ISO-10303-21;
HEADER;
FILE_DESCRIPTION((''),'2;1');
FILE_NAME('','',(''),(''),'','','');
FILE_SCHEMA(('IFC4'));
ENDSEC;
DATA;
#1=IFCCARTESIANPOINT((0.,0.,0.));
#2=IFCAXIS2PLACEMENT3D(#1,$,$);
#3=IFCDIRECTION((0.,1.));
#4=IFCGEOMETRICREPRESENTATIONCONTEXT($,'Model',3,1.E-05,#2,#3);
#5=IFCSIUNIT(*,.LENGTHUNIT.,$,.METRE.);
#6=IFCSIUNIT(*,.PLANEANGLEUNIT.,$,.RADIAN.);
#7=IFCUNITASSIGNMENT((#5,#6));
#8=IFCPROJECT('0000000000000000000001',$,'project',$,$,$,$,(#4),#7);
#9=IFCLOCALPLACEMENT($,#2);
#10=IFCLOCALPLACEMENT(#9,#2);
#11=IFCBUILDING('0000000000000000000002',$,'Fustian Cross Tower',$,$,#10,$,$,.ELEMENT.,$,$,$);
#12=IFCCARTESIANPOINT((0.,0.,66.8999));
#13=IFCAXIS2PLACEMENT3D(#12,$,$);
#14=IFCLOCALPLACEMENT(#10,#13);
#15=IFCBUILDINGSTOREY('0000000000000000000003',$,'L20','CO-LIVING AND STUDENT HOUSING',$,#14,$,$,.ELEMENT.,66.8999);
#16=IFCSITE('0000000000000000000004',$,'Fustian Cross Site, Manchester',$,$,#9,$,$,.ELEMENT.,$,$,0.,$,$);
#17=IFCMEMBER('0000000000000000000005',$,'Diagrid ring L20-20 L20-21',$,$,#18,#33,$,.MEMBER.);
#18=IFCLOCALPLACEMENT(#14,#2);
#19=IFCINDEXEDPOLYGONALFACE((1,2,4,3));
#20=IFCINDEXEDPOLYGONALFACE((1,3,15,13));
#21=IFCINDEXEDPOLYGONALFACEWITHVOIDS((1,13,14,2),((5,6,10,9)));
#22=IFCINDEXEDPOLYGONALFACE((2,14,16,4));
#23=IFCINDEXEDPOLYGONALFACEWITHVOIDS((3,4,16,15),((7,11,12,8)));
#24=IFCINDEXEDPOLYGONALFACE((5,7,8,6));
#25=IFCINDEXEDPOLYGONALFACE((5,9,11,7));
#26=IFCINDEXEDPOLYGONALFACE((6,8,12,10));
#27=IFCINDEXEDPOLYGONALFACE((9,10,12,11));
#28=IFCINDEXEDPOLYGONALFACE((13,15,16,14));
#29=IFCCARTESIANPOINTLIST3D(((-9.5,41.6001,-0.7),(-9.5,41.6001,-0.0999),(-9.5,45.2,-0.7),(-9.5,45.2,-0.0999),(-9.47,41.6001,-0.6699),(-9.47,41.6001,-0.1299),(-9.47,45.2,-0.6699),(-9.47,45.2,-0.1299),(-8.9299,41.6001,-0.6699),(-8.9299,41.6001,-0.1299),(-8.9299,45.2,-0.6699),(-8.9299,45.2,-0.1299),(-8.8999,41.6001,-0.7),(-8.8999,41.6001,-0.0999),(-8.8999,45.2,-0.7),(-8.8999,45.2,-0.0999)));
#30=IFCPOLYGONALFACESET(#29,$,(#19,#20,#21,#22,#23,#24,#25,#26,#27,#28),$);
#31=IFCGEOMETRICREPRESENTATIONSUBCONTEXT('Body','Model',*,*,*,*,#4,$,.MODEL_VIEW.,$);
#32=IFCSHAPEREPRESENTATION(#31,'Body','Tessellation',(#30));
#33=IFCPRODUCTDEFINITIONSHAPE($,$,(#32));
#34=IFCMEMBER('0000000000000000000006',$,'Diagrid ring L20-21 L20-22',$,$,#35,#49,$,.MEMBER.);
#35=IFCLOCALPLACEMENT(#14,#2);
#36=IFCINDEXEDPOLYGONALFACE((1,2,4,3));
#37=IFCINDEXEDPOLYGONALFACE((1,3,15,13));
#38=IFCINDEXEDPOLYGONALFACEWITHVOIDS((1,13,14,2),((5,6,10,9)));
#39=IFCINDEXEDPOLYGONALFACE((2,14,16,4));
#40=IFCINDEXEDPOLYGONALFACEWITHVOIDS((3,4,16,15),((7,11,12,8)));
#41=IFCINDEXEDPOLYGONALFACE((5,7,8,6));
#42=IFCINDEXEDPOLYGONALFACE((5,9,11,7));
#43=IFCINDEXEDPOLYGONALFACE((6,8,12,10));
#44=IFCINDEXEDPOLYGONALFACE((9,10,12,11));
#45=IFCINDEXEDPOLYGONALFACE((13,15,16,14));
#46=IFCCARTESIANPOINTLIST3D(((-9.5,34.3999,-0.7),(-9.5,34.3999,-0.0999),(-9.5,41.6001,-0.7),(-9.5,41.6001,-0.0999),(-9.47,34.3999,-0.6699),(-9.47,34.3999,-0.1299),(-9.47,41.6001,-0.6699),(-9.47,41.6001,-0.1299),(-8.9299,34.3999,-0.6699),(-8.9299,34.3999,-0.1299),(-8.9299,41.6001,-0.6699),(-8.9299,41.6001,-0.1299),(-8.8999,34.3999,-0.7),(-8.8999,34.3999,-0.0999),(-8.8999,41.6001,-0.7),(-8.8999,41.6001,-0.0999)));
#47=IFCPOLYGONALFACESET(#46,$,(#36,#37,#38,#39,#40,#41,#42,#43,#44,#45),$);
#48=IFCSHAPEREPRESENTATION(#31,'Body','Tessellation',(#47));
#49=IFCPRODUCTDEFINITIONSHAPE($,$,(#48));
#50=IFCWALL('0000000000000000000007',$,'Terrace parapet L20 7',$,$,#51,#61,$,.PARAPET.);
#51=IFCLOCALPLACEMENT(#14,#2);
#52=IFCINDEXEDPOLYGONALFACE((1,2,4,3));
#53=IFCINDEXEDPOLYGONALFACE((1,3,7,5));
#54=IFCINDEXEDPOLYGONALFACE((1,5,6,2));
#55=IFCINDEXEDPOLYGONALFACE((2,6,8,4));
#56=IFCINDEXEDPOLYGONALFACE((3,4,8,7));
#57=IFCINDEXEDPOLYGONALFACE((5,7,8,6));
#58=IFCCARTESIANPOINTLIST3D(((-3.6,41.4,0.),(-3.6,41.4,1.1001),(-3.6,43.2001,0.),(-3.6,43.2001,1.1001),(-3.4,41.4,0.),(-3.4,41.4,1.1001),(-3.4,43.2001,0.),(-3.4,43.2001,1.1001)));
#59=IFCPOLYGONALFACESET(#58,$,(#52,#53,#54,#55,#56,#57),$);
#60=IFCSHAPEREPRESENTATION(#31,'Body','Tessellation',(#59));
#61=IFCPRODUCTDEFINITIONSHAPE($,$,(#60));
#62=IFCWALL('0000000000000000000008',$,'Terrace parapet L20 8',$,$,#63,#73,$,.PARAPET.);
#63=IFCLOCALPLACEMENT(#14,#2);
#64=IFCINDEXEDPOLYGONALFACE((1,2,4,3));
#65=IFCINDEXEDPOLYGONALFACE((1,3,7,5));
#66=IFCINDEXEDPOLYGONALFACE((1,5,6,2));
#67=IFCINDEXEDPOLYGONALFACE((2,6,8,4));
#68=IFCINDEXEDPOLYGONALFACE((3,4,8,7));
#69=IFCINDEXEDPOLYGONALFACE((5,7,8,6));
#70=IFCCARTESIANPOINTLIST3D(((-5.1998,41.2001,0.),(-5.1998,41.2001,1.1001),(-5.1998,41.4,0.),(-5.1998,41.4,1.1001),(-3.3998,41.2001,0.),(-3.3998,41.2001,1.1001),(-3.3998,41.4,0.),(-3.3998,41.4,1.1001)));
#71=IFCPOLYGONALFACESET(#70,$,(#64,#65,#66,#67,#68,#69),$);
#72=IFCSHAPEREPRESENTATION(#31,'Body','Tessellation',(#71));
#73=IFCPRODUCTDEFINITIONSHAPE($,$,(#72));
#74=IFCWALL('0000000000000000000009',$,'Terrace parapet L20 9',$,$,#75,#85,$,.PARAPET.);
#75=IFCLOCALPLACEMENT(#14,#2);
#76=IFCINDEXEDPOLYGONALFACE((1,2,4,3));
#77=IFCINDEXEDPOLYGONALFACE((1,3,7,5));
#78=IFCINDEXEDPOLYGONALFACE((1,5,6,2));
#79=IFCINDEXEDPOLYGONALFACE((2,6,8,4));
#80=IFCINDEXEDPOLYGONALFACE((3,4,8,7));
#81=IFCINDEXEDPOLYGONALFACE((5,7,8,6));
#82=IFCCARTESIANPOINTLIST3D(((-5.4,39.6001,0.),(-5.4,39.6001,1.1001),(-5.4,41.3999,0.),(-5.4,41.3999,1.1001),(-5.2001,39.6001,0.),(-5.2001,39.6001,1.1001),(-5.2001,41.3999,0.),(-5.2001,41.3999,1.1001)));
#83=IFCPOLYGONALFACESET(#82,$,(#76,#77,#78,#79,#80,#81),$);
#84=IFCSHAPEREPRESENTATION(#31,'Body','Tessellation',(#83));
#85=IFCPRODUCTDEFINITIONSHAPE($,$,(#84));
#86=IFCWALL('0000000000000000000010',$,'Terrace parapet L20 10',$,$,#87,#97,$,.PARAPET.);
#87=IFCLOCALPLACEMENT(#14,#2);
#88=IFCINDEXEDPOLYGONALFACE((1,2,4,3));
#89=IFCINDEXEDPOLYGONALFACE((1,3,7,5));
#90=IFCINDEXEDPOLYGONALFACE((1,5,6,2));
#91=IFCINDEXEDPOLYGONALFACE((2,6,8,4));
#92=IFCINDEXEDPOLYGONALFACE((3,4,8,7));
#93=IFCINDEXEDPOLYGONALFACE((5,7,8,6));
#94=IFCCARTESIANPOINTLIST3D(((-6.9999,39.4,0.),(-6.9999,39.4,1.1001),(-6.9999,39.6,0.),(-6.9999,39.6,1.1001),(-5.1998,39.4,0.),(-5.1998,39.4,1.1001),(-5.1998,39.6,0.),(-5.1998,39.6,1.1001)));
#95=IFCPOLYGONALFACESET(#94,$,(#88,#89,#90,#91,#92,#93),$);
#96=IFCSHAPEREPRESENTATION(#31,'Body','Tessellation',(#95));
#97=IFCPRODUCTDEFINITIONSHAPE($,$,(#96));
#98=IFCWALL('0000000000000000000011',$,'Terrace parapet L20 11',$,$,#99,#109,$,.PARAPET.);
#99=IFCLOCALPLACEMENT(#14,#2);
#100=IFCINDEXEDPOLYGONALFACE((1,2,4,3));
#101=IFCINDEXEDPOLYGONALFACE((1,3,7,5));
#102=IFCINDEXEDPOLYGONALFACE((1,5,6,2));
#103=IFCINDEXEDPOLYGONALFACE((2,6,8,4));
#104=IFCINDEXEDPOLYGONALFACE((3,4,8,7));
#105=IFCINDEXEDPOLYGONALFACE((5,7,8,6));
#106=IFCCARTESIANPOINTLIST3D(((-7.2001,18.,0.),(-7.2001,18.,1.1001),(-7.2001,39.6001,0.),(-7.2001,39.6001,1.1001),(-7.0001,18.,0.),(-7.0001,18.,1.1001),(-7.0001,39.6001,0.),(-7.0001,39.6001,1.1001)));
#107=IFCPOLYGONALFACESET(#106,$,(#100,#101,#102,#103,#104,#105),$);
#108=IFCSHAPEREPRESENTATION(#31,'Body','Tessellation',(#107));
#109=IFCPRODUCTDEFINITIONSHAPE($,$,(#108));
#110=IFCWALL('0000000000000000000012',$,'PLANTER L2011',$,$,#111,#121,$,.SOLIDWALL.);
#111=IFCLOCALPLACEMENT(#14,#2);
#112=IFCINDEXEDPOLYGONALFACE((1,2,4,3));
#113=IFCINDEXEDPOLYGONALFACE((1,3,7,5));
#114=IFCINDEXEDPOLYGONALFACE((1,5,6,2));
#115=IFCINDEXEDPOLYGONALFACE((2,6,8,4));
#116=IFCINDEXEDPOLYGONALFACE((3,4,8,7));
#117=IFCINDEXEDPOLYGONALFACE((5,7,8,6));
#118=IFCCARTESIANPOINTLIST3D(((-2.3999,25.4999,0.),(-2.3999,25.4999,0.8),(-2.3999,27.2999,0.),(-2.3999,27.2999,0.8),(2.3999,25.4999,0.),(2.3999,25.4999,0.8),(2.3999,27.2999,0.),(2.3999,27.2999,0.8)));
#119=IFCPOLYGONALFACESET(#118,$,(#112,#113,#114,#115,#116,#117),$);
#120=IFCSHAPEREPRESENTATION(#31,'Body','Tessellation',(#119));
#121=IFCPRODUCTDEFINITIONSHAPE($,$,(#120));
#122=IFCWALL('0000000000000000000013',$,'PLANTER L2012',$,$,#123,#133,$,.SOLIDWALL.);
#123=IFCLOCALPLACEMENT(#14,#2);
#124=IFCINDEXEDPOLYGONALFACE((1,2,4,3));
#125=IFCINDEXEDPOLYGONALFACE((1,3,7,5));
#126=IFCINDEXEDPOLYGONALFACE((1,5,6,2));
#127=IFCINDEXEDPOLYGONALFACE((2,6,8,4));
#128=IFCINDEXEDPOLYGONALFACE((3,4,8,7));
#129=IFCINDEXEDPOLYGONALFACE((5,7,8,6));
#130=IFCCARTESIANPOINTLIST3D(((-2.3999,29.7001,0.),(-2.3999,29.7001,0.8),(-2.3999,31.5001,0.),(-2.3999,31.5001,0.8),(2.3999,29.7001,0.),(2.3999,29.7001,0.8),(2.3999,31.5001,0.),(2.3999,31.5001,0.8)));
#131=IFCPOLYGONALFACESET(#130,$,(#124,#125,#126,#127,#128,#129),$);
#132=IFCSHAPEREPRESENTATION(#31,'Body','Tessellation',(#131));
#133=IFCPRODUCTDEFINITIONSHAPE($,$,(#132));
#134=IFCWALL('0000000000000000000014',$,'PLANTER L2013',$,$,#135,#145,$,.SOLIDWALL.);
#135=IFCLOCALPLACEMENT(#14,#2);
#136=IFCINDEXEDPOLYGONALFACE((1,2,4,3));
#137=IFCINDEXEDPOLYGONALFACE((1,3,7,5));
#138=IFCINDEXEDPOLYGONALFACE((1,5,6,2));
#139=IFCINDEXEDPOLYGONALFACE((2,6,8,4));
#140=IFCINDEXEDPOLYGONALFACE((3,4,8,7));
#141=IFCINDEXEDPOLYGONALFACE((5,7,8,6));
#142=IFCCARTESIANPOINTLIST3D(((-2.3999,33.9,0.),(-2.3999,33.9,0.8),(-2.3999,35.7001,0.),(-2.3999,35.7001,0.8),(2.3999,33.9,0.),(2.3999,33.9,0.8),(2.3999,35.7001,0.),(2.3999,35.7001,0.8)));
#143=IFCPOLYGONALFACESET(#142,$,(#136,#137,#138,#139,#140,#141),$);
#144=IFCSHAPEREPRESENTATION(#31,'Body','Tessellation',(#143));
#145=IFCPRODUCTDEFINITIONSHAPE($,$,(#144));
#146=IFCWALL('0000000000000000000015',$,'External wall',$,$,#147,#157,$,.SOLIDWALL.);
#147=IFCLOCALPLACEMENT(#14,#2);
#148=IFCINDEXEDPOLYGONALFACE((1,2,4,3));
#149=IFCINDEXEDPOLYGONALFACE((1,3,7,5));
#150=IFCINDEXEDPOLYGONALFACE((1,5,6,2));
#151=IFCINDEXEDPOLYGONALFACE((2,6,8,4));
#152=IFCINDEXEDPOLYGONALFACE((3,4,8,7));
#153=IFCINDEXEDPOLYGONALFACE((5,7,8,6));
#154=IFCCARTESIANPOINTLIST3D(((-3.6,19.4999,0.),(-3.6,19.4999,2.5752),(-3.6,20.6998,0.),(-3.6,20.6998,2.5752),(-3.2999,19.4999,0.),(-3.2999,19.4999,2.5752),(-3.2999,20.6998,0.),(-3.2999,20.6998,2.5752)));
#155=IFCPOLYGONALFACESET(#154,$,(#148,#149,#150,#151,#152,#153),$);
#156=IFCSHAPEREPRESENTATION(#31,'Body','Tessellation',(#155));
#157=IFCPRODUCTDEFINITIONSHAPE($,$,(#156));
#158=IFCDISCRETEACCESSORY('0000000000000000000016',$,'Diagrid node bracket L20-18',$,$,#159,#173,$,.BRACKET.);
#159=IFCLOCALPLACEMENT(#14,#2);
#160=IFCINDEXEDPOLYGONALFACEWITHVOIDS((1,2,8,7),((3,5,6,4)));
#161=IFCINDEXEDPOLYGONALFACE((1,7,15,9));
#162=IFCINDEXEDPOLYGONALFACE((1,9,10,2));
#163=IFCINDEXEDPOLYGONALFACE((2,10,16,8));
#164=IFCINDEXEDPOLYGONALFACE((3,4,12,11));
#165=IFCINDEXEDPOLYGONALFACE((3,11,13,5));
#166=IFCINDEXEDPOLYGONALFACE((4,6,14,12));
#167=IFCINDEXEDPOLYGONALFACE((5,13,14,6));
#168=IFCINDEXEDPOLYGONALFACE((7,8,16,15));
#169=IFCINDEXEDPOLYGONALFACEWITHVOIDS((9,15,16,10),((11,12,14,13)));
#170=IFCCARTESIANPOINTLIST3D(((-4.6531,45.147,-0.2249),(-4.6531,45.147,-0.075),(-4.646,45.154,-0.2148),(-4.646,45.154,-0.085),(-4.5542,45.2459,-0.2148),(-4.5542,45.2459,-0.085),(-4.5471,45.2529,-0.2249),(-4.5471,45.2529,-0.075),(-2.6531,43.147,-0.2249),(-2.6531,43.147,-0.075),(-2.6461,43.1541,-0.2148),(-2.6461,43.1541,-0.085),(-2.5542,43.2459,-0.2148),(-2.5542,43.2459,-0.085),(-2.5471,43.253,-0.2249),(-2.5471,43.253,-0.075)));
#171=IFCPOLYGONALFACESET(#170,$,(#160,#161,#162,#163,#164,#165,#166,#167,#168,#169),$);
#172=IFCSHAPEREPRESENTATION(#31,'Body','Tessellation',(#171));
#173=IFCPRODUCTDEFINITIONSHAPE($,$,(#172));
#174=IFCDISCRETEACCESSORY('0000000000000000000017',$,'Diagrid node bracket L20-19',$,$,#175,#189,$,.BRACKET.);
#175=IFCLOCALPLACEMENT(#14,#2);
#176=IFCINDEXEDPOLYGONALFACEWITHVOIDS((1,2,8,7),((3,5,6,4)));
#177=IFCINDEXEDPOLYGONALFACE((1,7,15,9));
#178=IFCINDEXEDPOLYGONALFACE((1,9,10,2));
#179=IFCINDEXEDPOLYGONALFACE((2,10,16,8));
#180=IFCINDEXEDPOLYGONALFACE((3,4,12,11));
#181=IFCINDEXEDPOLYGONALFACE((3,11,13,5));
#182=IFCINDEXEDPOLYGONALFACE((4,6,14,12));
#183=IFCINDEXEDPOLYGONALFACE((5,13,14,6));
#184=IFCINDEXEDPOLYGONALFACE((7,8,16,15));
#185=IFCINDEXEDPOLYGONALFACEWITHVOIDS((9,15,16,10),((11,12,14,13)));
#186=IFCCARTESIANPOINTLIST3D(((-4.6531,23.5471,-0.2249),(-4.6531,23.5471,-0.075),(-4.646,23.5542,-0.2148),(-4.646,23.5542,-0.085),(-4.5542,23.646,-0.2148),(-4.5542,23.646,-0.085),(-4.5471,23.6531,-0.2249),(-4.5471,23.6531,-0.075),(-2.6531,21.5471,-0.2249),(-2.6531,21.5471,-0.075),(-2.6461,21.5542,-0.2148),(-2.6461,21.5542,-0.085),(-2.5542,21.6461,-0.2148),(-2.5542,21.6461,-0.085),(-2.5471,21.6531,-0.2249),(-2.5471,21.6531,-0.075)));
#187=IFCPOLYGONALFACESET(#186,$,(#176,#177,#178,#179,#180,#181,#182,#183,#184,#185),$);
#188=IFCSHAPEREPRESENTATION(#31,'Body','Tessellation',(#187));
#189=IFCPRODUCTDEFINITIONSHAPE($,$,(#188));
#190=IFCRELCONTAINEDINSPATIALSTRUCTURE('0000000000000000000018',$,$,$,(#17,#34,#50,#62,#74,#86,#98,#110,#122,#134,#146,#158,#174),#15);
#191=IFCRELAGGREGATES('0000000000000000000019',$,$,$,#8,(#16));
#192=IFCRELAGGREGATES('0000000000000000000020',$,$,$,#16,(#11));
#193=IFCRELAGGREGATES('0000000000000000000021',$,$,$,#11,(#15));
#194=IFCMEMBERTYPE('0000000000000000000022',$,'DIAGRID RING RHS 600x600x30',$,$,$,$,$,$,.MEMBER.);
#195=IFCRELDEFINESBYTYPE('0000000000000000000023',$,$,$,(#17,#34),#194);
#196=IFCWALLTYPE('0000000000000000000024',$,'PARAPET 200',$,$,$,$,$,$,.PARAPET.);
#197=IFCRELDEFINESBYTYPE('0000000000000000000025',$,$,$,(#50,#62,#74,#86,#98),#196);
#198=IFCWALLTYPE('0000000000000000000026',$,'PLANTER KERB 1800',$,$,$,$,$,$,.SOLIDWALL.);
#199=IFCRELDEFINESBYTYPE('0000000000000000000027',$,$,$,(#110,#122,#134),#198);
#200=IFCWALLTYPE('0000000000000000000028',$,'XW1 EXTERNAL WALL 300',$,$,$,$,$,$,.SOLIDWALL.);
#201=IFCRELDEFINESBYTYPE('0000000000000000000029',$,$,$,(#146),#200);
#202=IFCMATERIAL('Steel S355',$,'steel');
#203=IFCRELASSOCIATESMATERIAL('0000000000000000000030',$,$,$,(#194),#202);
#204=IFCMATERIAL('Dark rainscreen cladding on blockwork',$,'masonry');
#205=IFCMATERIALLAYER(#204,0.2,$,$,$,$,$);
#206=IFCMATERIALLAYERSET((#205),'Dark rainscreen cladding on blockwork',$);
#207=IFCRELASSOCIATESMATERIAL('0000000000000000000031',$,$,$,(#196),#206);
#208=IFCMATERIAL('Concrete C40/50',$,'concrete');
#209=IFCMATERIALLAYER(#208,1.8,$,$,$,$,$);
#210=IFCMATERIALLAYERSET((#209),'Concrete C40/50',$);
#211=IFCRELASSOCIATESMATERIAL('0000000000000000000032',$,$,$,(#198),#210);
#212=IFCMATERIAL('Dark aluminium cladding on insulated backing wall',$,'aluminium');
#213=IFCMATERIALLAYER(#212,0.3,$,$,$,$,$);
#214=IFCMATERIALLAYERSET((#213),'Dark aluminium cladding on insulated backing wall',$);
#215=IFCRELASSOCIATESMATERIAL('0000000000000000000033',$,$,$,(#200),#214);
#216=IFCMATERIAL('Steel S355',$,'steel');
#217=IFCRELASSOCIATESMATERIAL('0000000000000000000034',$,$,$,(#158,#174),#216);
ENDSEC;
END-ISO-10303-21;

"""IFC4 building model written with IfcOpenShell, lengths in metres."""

from ifc_helpers import new_model, si_unit, direction, frame, frame_2d, origin, origin_2d, place, context, subcontext, project, spatial, rectangle, hollow_rectangle, extrude, material, layer, layer_set, material_profile, profile_set, type_object, element, save


model = new_model("IFC4")

# Units and contexts
model_context = context("Model", 3, precision=1e-05, world=origin(), true_north=direction((0.0, 1.0)))
body_context = subcontext(model_context, "Body", "Model", "MODEL_VIEW")
ifc_project = project(units=[si_unit("LENGTHUNIT", "METRE"), si_unit("PLANEANGLEUNIT", "RADIAN")], contexts=[model_context])

# Site, building, storey
site_placement = place(None, origin())
site = spatial("IfcSite", under=ifc_project, at=site_placement, Name="Fustian Cross Site, Manchester", CompositionType="ELEMENT", RefElevation=0.0)
building_placement = place(site_placement, origin())
building = spatial("IfcBuilding", under=site, at=building_placement, Name="Fustian Cross Tower", CompositionType="ELEMENT")
storey_placement = place(building_placement, frame((0.0, 0.0, 66.8999)))
storey = spatial("IfcBuildingStorey", under=building, at=storey_placement, Name="L20", Description="CO-LIVING AND STUDENT HOUSING", CompositionType="ELEMENT", Elevation=66.8999)

# Members
ifc_material_1 = material(Name="Steel S355", Category="steel")
ifc_material_profile_1 = material_profile(ifc_material_1, hollow_rectangle(XDim=0.6001, YDim=0.6001, WallThickness=0.03, at=origin_2d()), Name="RHS 600x600x30")
ifc_profile_set_1 = profile_set([ifc_material_profile_1], Name="Steel S355")
member_type_1 = type_object("IfcMemberType", Name="DIAGRID RING RHS 600x600x30", PredefinedType="MEMBER", material=ifc_profile_set_1)
member_1_placement = place(storey_placement, frame((-9.2, 45.2, -0.3999), z_axis=(0.0, -1.0, 0.0), x_axis=(1.0, 0.0, 0.0)))
element("IfcMember", 1, at=member_1_placement, inside=storey, type_object=member_type_1, Name="Diagrid ring L20-20 L20-21", PredefinedType="MEMBER", context=body_context, shape_type="SweptSolid", body=[
    extrude(hollow_rectangle(XDim=0.6001, YDim=0.6001, WallThickness=0.03, at=origin_2d()), origin(), (0.0, 0.0, 1.0), 3.5999),
])
member_2_placement = place(storey_placement, frame((-9.2, 41.6001, -0.3999), z_axis=(0.0, -1.0, 0.0), x_axis=(1.0, 0.0, 0.0)))
element("IfcMember", 2, at=member_2_placement, inside=storey, type_object=member_type_1, Name="Diagrid ring L20-21 L20-22", PredefinedType="MEMBER", context=body_context, shape_type="SweptSolid", body=[
    extrude(hollow_rectangle(XDim=0.6001, YDim=0.6001, WallThickness=0.03, at=origin_2d()), origin(), (0.0, 0.0, 1.0), 7.2002),
])

# Walls
ifc_material_2 = material(Name="Dark rainscreen cladding on blockwork", Category="masonry")
ifc_layer_1 = layer(ifc_material_2, 0.2)
ifc_layer_set_1 = layer_set([ifc_layer_1], Name="Dark rainscreen cladding on blockwork")
wall_type_1 = type_object("IfcWallType", Name="PARAPET 200", PredefinedType="PARAPET", material=ifc_layer_set_1)
for number, where, z_axis, x_axis, name in (
    (3, (-3.5, 43.2, 0.0), (0.0, 0.0, 1.0), (0.0, -1.0, 0.0), "Terrace parapet L20 7"),
    (4, (-3.3999, 41.3, 0.0), (0.0, 0.0, 1.0), (-1.0, 0.0, 0.0), "Terrace parapet L20 8"),
):
    element("IfcWall", number, at=place(storey_placement, frame(where, z_axis=z_axis, x_axis=x_axis)), inside=storey, type_object=wall_type_1, Name=name, PredefinedType="PARAPET", context=body_context, shape_type="SweptSolid", body=[
        extrude(rectangle(XDim=1.8, YDim=0.2, at=frame_2d((0.8999, 0.0))), origin(), (0.0, 0.0, 1.0), 1.1001),
    ])
wall_1_placement = place(storey_placement, frame((-5.3, 41.3999, 0.0), z_axis=(0.0, 0.0, 1.0), x_axis=(0.0, -1.0, 0.0)))
element("IfcWall", 5, at=wall_1_placement, inside=storey, type_object=wall_type_1, Name="Terrace parapet L20 9", PredefinedType="PARAPET", context=body_context, shape_type="SweptSolid", body=[
    extrude(rectangle(XDim=1.7998, YDim=0.2, at=frame_2d((0.8999, 0.0))), origin(), (0.0, 0.0, 1.0), 1.1001),
])
wall_2_placement = place(storey_placement, frame((-5.2, 39.5, 0.0), z_axis=(0.0, 0.0, 1.0), x_axis=(-1.0, 0.0, 0.0)))
element("IfcWall", 6, at=wall_2_placement, inside=storey, type_object=wall_type_1, Name="Terrace parapet L20 10", PredefinedType="PARAPET", context=body_context, shape_type="SweptSolid", body=[
    extrude(rectangle(XDim=1.8, YDim=0.2, at=frame_2d((0.8999, 0.0))), origin(), (0.0, 0.0, 1.0), 1.1001),
])
wall_3_placement = place(storey_placement, frame((-7.1001, 39.6001, 0.0), z_axis=(0.0, 0.0, 1.0), x_axis=(0.0, -1.0, 0.0)))
element("IfcWall", 7, at=wall_3_placement, inside=storey, type_object=wall_type_1, Name="Terrace parapet L20 11", PredefinedType="PARAPET", context=body_context, shape_type="SweptSolid", body=[
    extrude(rectangle(XDim=21.6001, YDim=0.2, at=frame_2d((10.8, 0.0))), origin(), (0.0, 0.0, 1.0), 1.1001),
])
ifc_material_3 = material(Name="Concrete C40/50", Category="concrete")
ifc_layer_2 = layer(ifc_material_3, 1.8)
ifc_layer_set_2 = layer_set([ifc_layer_2], Name="Concrete C40/50")
wall_type_2 = type_object("IfcWallType", Name="PLANTER KERB 1800", PredefinedType="SOLIDWALL", material=ifc_layer_set_2)
for number, where, z_axis, x_axis, name in (
    (8, (-2.3999, 26.3999, 0.0), (0.0, 0.0, 1.0), (1.0, 0.0, 0.0), "PLANTER L2011"),
    (9, (-2.3999, 30.6001, 0.0), (0.0, 0.0, 1.0), (1.0, 0.0, 0.0), "PLANTER L2012"),
    (10, (-2.3999, 34.8, 0.0), (0.0, 0.0, 1.0), (1.0, 0.0, 0.0), "PLANTER L2013"),
):
    element("IfcWall", number, at=place(storey_placement, frame(where, z_axis=z_axis, x_axis=x_axis)), inside=storey, type_object=wall_type_2, Name=name, PredefinedType="SOLIDWALL", context=body_context, shape_type="SweptSolid", body=[
        extrude(rectangle(XDim=4.7998, YDim=1.8, at=frame_2d((2.3999, 0.0))), origin(), (0.0, 0.0, 1.0), 0.8),
    ])
ifc_material_4 = material(Name="Dark aluminium cladding on insulated backing wall", Category="aluminium")
ifc_layer_3 = layer(ifc_material_4, 0.3)
ifc_layer_set_3 = layer_set([ifc_layer_3], Name="Dark aluminium cladding on insulated backing wall")
wall_type_3 = type_object("IfcWallType", Name="XW1 EXTERNAL WALL 300", PredefinedType="SOLIDWALL", material=ifc_layer_set_3)
wall_4_placement = place(storey_placement, frame((-3.45, 20.7, 0.0), z_axis=(0.0, 0.0, 1.0), x_axis=(0.0, -1.0, 0.0)))
element("IfcWall", 11, at=wall_4_placement, inside=storey, type_object=wall_type_3, Name="External wall", PredefinedType="SOLIDWALL", context=body_context, shape_type="SweptSolid", body=[
    extrude(rectangle(XDim=1.2, YDim=0.3, at=frame_2d((0.6001, 0.0))), origin(), (0.0, 0.0, 1.0), 2.5752),
])

# Discrete accessories
ifc_material_5 = material(Name="Steel S355", Category="steel")
for number, where, z_axis, x_axis, name in (
    (12, (-4.6001, 45.2, -0.1499), (0.707107, -0.707107, 0.0), (0.707107, 0.707107, 0.0), "Diagrid node bracket L20-18"),
    (13, (-4.6001, 23.6001, -0.1499), (0.707107, -0.707107, 0.0), (0.707107, 0.707107, 0.0), "Diagrid node bracket L20-19"),
):
    element("IfcDiscreteAccessory", number, at=place(storey_placement, frame(where, z_axis=z_axis, x_axis=x_axis)), inside=storey, material=ifc_material_5, Name=name, PredefinedType="BRACKET", context=body_context, shape_type="SweptSolid", body=[
        extrude(hollow_rectangle(XDim=0.1499, YDim=0.1499, WallThickness=0.01, at=origin_2d()), origin(), (0.0, 0.0, 1.0), 2.8284),
    ])

save(model, "model.ifc")
